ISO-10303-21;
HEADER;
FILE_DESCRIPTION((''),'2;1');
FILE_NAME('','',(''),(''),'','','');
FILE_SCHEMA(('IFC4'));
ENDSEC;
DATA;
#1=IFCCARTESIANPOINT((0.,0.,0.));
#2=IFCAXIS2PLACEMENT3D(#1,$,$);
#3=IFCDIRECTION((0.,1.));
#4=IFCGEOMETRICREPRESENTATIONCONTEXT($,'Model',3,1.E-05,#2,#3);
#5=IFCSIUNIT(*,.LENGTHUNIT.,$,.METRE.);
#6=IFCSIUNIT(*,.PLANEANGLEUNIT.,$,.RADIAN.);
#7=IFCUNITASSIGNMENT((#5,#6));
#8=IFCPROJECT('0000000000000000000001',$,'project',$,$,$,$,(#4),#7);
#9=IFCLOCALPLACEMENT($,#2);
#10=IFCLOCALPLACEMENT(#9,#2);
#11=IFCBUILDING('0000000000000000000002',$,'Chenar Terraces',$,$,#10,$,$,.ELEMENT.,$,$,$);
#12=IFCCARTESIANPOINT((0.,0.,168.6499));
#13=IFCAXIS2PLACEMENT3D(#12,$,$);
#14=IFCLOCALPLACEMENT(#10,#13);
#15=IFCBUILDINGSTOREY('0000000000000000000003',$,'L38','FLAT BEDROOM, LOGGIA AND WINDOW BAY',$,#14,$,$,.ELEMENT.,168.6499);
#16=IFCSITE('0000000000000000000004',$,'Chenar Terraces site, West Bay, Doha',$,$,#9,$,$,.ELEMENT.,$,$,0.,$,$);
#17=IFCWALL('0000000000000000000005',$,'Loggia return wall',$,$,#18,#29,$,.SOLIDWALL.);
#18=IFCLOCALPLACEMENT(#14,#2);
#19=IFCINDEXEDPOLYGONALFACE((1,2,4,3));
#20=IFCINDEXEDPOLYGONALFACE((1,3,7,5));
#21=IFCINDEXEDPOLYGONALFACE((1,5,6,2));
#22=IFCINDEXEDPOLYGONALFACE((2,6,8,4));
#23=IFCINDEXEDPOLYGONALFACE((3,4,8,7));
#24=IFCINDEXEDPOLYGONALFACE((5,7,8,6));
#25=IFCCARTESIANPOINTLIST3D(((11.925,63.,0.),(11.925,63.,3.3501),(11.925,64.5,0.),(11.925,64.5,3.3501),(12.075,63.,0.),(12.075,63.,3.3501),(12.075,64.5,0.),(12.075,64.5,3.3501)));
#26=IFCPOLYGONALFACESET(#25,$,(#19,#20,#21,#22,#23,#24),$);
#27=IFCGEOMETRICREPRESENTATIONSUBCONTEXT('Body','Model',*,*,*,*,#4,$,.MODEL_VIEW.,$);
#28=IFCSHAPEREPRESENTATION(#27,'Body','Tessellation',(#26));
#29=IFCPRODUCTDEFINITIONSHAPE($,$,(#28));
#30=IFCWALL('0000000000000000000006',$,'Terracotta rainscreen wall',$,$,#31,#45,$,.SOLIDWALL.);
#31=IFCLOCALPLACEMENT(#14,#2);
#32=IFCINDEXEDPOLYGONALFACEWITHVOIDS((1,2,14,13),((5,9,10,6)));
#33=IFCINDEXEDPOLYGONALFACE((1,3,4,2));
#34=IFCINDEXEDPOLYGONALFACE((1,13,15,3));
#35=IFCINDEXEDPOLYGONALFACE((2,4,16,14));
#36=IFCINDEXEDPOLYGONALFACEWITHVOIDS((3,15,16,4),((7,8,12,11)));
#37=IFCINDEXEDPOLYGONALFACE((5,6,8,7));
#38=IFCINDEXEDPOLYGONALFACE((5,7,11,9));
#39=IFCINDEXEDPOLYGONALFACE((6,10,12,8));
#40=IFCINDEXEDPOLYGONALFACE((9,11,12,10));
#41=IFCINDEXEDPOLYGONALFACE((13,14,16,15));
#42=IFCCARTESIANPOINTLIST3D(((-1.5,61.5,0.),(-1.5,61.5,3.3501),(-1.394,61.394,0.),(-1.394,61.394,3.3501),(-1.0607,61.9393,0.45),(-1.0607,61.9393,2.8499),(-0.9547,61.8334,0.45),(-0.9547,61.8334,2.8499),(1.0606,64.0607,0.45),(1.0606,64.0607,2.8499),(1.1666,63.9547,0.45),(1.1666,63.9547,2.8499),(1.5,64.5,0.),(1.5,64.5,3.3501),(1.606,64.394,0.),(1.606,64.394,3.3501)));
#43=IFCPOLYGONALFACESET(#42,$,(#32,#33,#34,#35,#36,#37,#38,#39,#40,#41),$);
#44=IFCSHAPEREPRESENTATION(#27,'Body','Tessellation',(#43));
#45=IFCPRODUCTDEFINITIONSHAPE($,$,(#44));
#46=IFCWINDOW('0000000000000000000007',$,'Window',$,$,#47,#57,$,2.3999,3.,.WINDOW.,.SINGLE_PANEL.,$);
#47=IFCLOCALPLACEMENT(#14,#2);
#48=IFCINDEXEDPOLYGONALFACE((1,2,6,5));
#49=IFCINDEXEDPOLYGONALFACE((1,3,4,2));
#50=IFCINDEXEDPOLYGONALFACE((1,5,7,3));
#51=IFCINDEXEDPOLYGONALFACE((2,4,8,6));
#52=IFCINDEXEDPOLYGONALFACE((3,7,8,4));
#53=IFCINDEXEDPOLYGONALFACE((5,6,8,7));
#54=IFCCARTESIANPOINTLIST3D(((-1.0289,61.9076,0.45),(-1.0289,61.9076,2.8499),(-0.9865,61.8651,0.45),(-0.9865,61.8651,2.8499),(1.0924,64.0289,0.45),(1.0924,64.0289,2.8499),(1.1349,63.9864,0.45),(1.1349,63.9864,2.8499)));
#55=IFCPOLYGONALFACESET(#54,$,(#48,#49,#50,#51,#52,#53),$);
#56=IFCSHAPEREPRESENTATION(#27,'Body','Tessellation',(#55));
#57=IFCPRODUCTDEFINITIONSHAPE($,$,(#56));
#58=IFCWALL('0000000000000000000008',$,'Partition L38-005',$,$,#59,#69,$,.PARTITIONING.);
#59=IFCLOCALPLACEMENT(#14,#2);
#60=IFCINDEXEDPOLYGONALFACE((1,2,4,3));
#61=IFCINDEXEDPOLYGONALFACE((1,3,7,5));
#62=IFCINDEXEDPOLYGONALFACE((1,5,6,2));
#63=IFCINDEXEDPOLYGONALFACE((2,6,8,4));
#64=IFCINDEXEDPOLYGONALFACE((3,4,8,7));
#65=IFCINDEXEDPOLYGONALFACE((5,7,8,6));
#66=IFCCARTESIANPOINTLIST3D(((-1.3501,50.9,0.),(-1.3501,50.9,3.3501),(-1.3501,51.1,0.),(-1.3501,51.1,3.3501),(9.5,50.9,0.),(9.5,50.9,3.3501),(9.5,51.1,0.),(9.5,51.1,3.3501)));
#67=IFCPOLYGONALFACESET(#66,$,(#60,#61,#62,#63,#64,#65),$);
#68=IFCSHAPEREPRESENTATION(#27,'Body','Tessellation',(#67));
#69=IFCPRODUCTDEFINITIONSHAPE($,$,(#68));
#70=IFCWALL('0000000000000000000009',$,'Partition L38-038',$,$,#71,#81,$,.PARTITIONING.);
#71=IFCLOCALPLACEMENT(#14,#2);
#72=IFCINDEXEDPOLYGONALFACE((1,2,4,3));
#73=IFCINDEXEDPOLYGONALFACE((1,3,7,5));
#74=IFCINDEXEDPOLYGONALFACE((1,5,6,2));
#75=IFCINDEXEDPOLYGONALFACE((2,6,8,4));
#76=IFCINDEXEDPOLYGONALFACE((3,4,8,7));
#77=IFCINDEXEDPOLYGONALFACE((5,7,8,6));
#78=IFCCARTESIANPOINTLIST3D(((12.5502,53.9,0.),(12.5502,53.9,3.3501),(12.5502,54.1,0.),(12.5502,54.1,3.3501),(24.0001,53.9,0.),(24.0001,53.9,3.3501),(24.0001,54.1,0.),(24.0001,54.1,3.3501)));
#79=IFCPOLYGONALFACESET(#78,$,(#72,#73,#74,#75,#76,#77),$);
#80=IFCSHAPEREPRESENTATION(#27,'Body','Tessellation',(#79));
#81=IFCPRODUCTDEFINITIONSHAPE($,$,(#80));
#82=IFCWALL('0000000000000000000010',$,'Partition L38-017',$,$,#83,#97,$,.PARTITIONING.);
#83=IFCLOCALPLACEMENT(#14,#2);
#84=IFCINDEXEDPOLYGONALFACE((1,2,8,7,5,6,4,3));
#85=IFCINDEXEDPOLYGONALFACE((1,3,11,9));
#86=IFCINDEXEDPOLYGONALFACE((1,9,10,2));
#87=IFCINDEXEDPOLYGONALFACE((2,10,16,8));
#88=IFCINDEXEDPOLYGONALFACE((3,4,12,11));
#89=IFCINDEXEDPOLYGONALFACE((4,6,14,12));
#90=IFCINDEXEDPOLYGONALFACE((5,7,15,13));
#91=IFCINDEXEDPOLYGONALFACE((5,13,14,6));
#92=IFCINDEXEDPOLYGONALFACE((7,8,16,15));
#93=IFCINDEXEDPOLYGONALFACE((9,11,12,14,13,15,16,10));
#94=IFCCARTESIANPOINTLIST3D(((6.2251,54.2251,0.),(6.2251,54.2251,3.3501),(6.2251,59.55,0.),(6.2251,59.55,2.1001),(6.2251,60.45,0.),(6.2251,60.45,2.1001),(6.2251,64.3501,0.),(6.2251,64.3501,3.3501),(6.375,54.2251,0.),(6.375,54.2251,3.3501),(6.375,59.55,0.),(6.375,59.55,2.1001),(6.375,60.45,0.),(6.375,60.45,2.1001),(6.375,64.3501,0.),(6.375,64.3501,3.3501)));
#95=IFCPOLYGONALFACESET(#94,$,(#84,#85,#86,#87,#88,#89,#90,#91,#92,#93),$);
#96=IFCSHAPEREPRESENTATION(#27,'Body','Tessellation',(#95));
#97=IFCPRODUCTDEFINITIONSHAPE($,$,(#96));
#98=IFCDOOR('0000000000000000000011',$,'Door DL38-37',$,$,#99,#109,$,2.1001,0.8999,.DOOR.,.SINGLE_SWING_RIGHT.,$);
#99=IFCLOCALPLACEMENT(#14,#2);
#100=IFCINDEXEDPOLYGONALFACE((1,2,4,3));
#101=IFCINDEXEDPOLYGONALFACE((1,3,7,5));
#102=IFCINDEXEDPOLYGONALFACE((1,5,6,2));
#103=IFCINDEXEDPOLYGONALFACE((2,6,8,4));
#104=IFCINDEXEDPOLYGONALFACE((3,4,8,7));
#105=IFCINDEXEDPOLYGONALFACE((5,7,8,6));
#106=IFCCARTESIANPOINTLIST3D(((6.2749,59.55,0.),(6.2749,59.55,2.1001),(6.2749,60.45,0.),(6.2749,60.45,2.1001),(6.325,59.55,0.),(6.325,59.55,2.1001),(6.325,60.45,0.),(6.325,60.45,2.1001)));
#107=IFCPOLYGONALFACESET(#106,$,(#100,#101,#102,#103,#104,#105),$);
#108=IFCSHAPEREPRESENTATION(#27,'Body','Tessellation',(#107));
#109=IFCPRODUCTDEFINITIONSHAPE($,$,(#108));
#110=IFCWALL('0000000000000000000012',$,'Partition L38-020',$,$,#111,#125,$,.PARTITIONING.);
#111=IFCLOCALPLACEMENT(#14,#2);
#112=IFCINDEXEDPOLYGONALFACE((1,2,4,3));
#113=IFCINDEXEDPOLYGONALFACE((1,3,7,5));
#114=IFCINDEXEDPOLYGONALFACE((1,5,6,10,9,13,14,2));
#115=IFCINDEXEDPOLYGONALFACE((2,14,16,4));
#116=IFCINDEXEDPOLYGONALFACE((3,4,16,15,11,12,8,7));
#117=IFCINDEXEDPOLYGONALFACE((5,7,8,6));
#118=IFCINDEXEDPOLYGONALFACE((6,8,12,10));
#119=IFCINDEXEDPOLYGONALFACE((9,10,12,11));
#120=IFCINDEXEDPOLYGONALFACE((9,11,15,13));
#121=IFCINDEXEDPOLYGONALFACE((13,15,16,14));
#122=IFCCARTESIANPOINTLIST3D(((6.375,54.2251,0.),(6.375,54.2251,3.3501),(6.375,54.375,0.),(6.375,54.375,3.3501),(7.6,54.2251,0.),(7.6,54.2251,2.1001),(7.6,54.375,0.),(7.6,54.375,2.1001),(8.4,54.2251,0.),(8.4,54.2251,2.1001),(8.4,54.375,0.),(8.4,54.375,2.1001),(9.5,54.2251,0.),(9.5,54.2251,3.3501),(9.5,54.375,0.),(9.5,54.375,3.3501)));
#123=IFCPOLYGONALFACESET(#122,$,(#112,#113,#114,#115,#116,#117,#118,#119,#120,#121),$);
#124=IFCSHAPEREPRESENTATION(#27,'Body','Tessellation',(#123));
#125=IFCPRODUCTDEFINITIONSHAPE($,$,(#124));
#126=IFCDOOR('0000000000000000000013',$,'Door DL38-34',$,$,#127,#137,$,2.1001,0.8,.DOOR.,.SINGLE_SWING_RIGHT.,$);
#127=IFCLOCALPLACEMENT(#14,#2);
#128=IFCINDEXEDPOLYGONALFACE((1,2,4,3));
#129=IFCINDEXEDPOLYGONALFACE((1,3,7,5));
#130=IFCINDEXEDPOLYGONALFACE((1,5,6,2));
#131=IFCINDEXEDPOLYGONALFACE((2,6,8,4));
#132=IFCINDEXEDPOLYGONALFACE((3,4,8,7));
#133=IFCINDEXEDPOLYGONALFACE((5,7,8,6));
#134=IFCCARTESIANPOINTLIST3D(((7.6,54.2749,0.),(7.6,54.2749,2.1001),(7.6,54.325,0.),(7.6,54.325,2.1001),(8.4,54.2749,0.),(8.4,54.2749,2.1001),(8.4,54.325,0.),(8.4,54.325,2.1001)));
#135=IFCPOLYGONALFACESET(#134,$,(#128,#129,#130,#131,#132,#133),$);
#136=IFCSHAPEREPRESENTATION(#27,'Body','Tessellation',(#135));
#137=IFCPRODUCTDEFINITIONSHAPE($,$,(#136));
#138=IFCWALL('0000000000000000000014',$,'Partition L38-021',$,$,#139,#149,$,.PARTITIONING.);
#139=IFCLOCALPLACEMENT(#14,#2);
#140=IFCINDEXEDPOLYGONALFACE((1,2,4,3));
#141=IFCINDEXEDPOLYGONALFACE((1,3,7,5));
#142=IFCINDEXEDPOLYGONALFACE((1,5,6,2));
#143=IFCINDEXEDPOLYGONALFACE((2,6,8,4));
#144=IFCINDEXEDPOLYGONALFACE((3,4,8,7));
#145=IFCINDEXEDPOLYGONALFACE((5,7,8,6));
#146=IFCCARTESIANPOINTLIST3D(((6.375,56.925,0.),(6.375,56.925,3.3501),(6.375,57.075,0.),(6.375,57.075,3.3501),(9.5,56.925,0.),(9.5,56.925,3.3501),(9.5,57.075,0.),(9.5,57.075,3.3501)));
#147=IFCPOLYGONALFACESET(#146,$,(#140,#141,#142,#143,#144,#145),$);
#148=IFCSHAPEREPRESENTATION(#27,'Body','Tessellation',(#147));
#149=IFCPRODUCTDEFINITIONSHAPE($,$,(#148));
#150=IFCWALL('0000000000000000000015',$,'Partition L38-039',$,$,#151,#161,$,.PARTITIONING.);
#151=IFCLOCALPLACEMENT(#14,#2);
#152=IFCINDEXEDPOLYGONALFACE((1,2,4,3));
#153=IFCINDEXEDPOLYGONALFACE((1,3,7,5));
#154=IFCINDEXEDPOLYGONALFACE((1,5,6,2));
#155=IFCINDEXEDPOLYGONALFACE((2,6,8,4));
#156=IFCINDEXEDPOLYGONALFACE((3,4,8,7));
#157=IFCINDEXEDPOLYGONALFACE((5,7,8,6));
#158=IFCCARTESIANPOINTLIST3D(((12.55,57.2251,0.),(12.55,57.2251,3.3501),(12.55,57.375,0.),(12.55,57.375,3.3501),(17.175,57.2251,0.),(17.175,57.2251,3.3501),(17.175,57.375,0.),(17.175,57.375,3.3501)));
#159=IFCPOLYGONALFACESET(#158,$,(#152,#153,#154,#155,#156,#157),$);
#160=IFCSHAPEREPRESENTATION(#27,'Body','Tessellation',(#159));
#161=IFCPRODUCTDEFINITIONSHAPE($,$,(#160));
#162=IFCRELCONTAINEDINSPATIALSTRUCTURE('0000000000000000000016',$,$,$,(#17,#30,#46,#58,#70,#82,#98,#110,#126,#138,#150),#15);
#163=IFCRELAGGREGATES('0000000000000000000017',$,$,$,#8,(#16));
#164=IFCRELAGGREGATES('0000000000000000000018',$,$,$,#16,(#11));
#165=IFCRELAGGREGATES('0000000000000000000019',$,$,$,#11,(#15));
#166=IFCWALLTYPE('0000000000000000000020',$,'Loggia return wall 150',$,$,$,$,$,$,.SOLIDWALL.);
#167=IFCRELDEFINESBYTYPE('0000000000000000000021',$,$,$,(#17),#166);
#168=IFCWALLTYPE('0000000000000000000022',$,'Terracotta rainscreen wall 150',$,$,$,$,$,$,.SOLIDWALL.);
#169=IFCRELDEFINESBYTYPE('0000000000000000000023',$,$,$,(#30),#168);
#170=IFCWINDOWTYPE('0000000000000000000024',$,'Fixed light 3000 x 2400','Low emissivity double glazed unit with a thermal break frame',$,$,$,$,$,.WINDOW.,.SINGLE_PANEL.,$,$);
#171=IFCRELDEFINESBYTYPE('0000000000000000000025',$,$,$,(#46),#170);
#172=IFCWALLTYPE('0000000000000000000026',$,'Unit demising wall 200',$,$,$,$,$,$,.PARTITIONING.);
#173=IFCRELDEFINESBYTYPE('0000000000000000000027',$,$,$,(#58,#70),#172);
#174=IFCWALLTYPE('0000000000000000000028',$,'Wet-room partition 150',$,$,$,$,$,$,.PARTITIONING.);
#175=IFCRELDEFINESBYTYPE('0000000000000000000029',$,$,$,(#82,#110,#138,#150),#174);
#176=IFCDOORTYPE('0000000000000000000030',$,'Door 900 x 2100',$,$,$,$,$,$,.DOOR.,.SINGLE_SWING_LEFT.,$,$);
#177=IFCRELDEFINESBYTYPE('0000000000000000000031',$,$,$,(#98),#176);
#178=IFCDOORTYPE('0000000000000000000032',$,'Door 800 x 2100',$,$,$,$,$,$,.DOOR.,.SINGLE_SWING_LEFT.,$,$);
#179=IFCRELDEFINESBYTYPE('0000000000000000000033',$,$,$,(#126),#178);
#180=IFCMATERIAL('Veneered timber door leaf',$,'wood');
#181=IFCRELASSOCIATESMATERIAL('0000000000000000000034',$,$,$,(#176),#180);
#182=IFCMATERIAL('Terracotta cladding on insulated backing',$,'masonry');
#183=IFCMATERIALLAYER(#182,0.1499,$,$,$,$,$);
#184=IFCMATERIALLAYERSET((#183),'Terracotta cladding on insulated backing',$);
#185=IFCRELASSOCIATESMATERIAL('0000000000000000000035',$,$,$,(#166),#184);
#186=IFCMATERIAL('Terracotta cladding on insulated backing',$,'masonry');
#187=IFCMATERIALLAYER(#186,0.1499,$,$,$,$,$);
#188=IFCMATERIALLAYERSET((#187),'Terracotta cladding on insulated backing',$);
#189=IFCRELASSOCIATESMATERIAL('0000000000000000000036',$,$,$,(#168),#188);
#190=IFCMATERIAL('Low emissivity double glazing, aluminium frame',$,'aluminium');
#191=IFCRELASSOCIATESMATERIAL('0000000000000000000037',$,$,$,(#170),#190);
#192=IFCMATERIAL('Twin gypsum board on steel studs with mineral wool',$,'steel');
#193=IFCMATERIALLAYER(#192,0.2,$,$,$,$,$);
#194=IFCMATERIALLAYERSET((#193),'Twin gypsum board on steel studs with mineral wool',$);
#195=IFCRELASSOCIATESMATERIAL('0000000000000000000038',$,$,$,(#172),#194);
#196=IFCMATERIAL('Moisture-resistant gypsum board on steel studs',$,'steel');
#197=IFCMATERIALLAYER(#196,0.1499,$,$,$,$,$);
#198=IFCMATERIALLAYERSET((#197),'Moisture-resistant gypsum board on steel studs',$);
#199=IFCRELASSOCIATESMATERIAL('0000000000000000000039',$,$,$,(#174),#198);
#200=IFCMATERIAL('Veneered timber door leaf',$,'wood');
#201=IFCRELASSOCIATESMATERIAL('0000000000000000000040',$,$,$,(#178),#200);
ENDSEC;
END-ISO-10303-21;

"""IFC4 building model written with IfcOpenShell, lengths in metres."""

from ifc_helpers import new_model, si_unit, direction, frame, frame_2d, origin, place, context, subcontext, project, spatial, rectangle, extrude, material, layer, layer_set, type_object, element, fill, save


model = new_model("IFC4")

# Units and contexts
model_context = context("Model", 3, precision=1e-05, world=origin(), true_north=direction((0.0, 1.0)))
body_context = subcontext(model_context, "Body", "Model", "MODEL_VIEW")
ifc_project = project(units=[si_unit("LENGTHUNIT", "METRE"), si_unit("PLANEANGLEUNIT", "RADIAN")], contexts=[model_context])

# Site, building, storey
site_placement = place(None, origin())
site = spatial("IfcSite", under=ifc_project, at=site_placement, Name="Chenar Terraces site, West Bay, Doha", CompositionType="ELEMENT", RefElevation=0.0)
building_placement = place(site_placement, origin())
building = spatial("IfcBuilding", under=site, at=building_placement, Name="Chenar Terraces", CompositionType="ELEMENT")
storey_placement = place(building_placement, frame((0.0, 0.0, 168.6499)))
storey = spatial("IfcBuildingStorey", under=building, at=storey_placement, Name="L38", Description="FLAT BEDROOM, LOGGIA AND WINDOW BAY", CompositionType="ELEMENT", Elevation=168.6499)

# Shared definitions
ifc_material_1 = material(Name="Veneered timber door leaf", Category="wood")
door_type_1 = type_object("IfcDoorType", Name="Door 900 x 2100", OperationType="SINGLE_SWING_LEFT", PredefinedType="DOOR", material=ifc_material_1)

# Wall
ifc_material_2 = material(Name="Terracotta cladding on insulated backing", Category="masonry")
ifc_layer_1 = layer(ifc_material_2, 0.1499)
ifc_layer_set_1 = layer_set([ifc_layer_1], Name="Terracotta cladding on insulated backing")
wall_type_1 = type_object("IfcWallType", Name="Loggia return wall 150", PredefinedType="SOLIDWALL", material=ifc_layer_set_1)
wall_1_placement = place(storey_placement, frame((12.0, 64.5, 0.0), z_axis=(0.0, 0.0, 1.0), x_axis=(0.0, -1.0, 0.0)))
element("IfcWall", 1, at=wall_1_placement, inside=storey, type_object=wall_type_1, Name="Loggia return wall", PredefinedType="SOLIDWALL", context=body_context, shape_type="SweptSolid", body=[
    extrude(rectangle(XDim=1.5, YDim=0.1499, at=frame_2d((0.75, 0.0))), origin(), (0.0, 0.0, 1.0), 3.3501),
])

# Wall, opening, window
ifc_material_3 = material(Name="Terracotta cladding on insulated backing", Category="masonry")
ifc_layer_2 = layer(ifc_material_3, 0.1499)
ifc_layer_set_2 = layer_set([ifc_layer_2], Name="Terracotta cladding on insulated backing")
wall_type_2 = type_object("IfcWallType", Name="Terracotta rainscreen wall 150", PredefinedType="SOLIDWALL", material=ifc_layer_set_2)
wall_2_placement = place(storey_placement, frame((1.553, 64.447, 0.0), z_axis=(0.0, 0.0, 1.0), x_axis=(-0.707107, -0.707107, 0.0)))
wall_2 = element("IfcWall", 2, at=wall_2_placement, inside=storey, type_object=wall_type_2, Name="Terracotta rainscreen wall", PredefinedType="SOLIDWALL", context=body_context, shape_type="SweptSolid", body=[
    extrude(rectangle(XDim=4.2427, YDim=0.1499, at=frame_2d((2.1213, 0.0))), origin(), (0.0, 0.0, 1.0), 3.3501),
])
opening_1_placement = place(wall_2_placement, frame((0.6213, 0.0, 0.45)))
opening_1 = element("IfcOpeningElement", 3, at=opening_1_placement, cuts=wall_2, PredefinedType="OPENING", context=body_context, shape_type="SweptSolid", body=[
    extrude(rectangle(XDim=3.0, YDim=2.3999, at=frame_2d((1.5, 1.2))), frame((0.0, 0.085, 0.0), z_axis=(0.0, -1.0, 0.0), x_axis=(1.0, 0.0, 0.0)), (0.0, 0.0, 1.0), 0.1699),
])
ifc_material_4 = material(Name="Low emissivity double glazing, aluminium frame", Category="aluminium")
window_type_1 = type_object("IfcWindowType", Name="Fixed light 3000 x 2400", Description="Low emissivity double glazed unit with a thermal break frame", PartitioningType="SINGLE_PANEL", PredefinedType="WINDOW", material=ifc_material_4)
window_1_placement = place(opening_1_placement, origin())
window_1 = element("IfcWindow", 4, at=window_1_placement, inside=storey, type_object=window_type_1, Name="Window", OverallHeight=2.3999, OverallWidth=3.0, PartitioningType="SINGLE_PANEL", PredefinedType="WINDOW", context=body_context, shape_type="SweptSolid", body=[
    extrude(rectangle(XDim=3.0, YDim=2.3999, at=frame_2d((1.5, 1.2))), frame((0.0, 0.03, 0.0), z_axis=(0.0, -1.0, 0.0), x_axis=(1.0, 0.0, 0.0)), (0.0, 0.0, 1.0), 0.0601),
])
fill(opening_1, window_1)

# Walls
ifc_material_5 = material(Name="Twin gypsum board on steel studs with mineral wool", Category="steel")
ifc_layer_3 = layer(ifc_material_5, 0.2)
ifc_layer_set_3 = layer_set([ifc_layer_3], Name="Twin gypsum board on steel studs with mineral wool")
wall_type_3 = type_object("IfcWallType", Name="Unit demising wall 200", PredefinedType="PARTITIONING", material=ifc_layer_set_3)
wall_3_placement = place(storey_placement, frame((-1.3501, 51.0, 0.0), z_axis=(0.0, 0.0, 1.0), x_axis=(1.0, 0.0, 0.0)))
element("IfcWall", 5, at=wall_3_placement, inside=storey, type_object=wall_type_3, Name="Partition L38-005", PredefinedType="PARTITIONING", context=body_context, shape_type="SweptSolid", body=[
    extrude(rectangle(XDim=10.8501, YDim=0.2, at=frame_2d((5.425, 0.0))), origin(), (0.0, 0.0, 1.0), 3.3501),
])
wall_4_placement = place(storey_placement, frame((12.55, 54.0, 0.0), z_axis=(0.0, 0.0, 1.0), x_axis=(1.0, 0.0, 0.0)))
element("IfcWall", 6, at=wall_4_placement, inside=storey, type_object=wall_type_3, Name="Partition L38-038", PredefinedType="PARTITIONING", context=body_context, shape_type="SweptSolid", body=[
    extrude(rectangle(XDim=11.45, YDim=0.2, at=frame_2d((5.7251, 0.0))), origin(), (0.0, 0.0, 1.0), 3.3501),
])

# Walls, openings, doors
ifc_material_6 = material(Name="Moisture-resistant gypsum board on steel studs", Category="steel")
ifc_layer_4 = layer(ifc_material_6, 0.1499)
ifc_layer_set_4 = layer_set([ifc_layer_4], Name="Moisture-resistant gypsum board on steel studs")
wall_type_4 = type_object("IfcWallType", Name="Wet-room partition 150", PredefinedType="PARTITIONING", material=ifc_layer_set_4)
wall_5_placement = place(storey_placement, frame((6.3, 54.2251, 0.0), z_axis=(0.0, 0.0, 1.0), x_axis=(0.0, 1.0, 0.0)))
wall_5 = element("IfcWall", 7, at=wall_5_placement, inside=storey, type_object=wall_type_4, Name="Partition L38-017", PredefinedType="PARTITIONING", context=body_context, shape_type="SweptSolid", body=[
    extrude(rectangle(XDim=10.125, YDim=0.1499, at=frame_2d((5.0625, 0.0))), origin(), (0.0, 0.0, 1.0), 3.3501),
])
opening_2_placement = place(wall_5_placement, frame((5.325, 0.0, 0.0)))
opening_2 = element("IfcOpeningElement", 8, at=opening_2_placement, cuts=wall_5, PredefinedType="OPENING", context=body_context, shape_type="SweptSolid", body=[
    extrude(rectangle(XDim=0.8999, YDim=2.1001, at=frame_2d((0.45, 1.05))), frame((0.0, 0.085, 0.0), z_axis=(0.0, -1.0, 0.0), x_axis=(1.0, 0.0, 0.0)), (0.0, 0.0, 1.0), 0.1699),
])
door_1_placement = place(opening_2_placement, frame((0.8999, 0.0, 0.0), z_axis=(0.0, 0.0, 1.0), x_axis=(-1.0, 0.0, 0.0)))
door_1 = element("IfcDoor", 9, at=door_1_placement, inside=storey, type_object=door_type_1, Name="Door DL38-37", OperationType="SINGLE_SWING_RIGHT", OverallHeight=2.1001, OverallWidth=0.8999, PredefinedType="DOOR", context=body_context, shape_type="SweptSolid", body=[
    extrude(rectangle(XDim=0.8999, YDim=2.1001, at=frame_2d((0.45, 1.05))), frame((0.0, 0.0249, 0.0), z_axis=(0.0, -1.0, 0.0), x_axis=(1.0, 0.0, 0.0)), (0.0, 0.0, 1.0), 0.05),
])
fill(opening_2, door_1)
wall_6_placement = place(storey_placement, frame((6.375, 54.3, 0.0), z_axis=(0.0, 0.0, 1.0), x_axis=(1.0, 0.0, 0.0)))
wall_6 = element("IfcWall", 10, at=wall_6_placement, inside=storey, type_object=wall_type_4, Name="Partition L38-020", PredefinedType="PARTITIONING", context=body_context, shape_type="SweptSolid", body=[
    extrude(rectangle(XDim=3.125, YDim=0.1499, at=frame_2d((1.5625, 0.0))), origin(), (0.0, 0.0, 1.0), 3.3501),
])
opening_3_placement = place(wall_6_placement, frame((1.2251, 0.0, 0.0)))
opening_3 = element("IfcOpeningElement", 11, at=opening_3_placement, cuts=wall_6, PredefinedType="OPENING", context=body_context, shape_type="SweptSolid", body=[
    extrude(rectangle(XDim=0.8, YDim=2.1001, at=frame_2d((0.3999, 1.05))), frame((0.0, 0.085, 0.0), z_axis=(0.0, -1.0, 0.0), x_axis=(1.0, 0.0, 0.0)), (0.0, 0.0, 1.0), 0.1699),
])
ifc_material_7 = material(Name="Veneered timber door leaf", Category="wood")
door_type_2 = type_object("IfcDoorType", Name="Door 800 x 2100", OperationType="SINGLE_SWING_LEFT", PredefinedType="DOOR", material=ifc_material_7)
door_2_placement = place(opening_3_placement, origin())
door_2 = element("IfcDoor", 12, at=door_2_placement, inside=storey, type_object=door_type_2, Name="Door DL38-34", OperationType="SINGLE_SWING_RIGHT", OverallHeight=2.1001, OverallWidth=0.8, PredefinedType="DOOR", context=body_context, shape_type="SweptSolid", body=[
    extrude(rectangle(XDim=0.8, YDim=2.1001, at=frame_2d((0.3999, 1.05))), frame((0.0, 0.0249, 0.0), z_axis=(0.0, -1.0, 0.0), x_axis=(1.0, 0.0, 0.0)), (0.0, 0.0, 1.0), 0.05),
])
fill(opening_3, door_2)

# Walls
wall_7_placement = place(storey_placement, frame((6.375, 57.0, 0.0), z_axis=(0.0, 0.0, 1.0), x_axis=(1.0, 0.0, 0.0)))
element("IfcWall", 13, at=wall_7_placement, inside=storey, type_object=wall_type_4, Name="Partition L38-021", PredefinedType="PARTITIONING", context=body_context, shape_type="SweptSolid", body=[
    extrude(rectangle(XDim=3.125, YDim=0.1499, at=frame_2d((1.5625, 0.0))), origin(), (0.0, 0.0, 1.0), 3.3501),
])
wall_8_placement = place(storey_placement, frame((12.55, 57.3, 0.0), z_axis=(0.0, 0.0, 1.0), x_axis=(1.0, 0.0, 0.0)))
element("IfcWall", 14, at=wall_8_placement, inside=storey, type_object=wall_type_4, Name="Partition L38-039", PredefinedType="PARTITIONING", context=body_context, shape_type="SweptSolid", body=[
    extrude(rectangle(XDim=4.625, YDim=0.1499, at=frame_2d((2.3125, 0.0))), origin(), (0.0, 0.0, 1.0), 3.3501),
])

save(model, "model.ifc")
